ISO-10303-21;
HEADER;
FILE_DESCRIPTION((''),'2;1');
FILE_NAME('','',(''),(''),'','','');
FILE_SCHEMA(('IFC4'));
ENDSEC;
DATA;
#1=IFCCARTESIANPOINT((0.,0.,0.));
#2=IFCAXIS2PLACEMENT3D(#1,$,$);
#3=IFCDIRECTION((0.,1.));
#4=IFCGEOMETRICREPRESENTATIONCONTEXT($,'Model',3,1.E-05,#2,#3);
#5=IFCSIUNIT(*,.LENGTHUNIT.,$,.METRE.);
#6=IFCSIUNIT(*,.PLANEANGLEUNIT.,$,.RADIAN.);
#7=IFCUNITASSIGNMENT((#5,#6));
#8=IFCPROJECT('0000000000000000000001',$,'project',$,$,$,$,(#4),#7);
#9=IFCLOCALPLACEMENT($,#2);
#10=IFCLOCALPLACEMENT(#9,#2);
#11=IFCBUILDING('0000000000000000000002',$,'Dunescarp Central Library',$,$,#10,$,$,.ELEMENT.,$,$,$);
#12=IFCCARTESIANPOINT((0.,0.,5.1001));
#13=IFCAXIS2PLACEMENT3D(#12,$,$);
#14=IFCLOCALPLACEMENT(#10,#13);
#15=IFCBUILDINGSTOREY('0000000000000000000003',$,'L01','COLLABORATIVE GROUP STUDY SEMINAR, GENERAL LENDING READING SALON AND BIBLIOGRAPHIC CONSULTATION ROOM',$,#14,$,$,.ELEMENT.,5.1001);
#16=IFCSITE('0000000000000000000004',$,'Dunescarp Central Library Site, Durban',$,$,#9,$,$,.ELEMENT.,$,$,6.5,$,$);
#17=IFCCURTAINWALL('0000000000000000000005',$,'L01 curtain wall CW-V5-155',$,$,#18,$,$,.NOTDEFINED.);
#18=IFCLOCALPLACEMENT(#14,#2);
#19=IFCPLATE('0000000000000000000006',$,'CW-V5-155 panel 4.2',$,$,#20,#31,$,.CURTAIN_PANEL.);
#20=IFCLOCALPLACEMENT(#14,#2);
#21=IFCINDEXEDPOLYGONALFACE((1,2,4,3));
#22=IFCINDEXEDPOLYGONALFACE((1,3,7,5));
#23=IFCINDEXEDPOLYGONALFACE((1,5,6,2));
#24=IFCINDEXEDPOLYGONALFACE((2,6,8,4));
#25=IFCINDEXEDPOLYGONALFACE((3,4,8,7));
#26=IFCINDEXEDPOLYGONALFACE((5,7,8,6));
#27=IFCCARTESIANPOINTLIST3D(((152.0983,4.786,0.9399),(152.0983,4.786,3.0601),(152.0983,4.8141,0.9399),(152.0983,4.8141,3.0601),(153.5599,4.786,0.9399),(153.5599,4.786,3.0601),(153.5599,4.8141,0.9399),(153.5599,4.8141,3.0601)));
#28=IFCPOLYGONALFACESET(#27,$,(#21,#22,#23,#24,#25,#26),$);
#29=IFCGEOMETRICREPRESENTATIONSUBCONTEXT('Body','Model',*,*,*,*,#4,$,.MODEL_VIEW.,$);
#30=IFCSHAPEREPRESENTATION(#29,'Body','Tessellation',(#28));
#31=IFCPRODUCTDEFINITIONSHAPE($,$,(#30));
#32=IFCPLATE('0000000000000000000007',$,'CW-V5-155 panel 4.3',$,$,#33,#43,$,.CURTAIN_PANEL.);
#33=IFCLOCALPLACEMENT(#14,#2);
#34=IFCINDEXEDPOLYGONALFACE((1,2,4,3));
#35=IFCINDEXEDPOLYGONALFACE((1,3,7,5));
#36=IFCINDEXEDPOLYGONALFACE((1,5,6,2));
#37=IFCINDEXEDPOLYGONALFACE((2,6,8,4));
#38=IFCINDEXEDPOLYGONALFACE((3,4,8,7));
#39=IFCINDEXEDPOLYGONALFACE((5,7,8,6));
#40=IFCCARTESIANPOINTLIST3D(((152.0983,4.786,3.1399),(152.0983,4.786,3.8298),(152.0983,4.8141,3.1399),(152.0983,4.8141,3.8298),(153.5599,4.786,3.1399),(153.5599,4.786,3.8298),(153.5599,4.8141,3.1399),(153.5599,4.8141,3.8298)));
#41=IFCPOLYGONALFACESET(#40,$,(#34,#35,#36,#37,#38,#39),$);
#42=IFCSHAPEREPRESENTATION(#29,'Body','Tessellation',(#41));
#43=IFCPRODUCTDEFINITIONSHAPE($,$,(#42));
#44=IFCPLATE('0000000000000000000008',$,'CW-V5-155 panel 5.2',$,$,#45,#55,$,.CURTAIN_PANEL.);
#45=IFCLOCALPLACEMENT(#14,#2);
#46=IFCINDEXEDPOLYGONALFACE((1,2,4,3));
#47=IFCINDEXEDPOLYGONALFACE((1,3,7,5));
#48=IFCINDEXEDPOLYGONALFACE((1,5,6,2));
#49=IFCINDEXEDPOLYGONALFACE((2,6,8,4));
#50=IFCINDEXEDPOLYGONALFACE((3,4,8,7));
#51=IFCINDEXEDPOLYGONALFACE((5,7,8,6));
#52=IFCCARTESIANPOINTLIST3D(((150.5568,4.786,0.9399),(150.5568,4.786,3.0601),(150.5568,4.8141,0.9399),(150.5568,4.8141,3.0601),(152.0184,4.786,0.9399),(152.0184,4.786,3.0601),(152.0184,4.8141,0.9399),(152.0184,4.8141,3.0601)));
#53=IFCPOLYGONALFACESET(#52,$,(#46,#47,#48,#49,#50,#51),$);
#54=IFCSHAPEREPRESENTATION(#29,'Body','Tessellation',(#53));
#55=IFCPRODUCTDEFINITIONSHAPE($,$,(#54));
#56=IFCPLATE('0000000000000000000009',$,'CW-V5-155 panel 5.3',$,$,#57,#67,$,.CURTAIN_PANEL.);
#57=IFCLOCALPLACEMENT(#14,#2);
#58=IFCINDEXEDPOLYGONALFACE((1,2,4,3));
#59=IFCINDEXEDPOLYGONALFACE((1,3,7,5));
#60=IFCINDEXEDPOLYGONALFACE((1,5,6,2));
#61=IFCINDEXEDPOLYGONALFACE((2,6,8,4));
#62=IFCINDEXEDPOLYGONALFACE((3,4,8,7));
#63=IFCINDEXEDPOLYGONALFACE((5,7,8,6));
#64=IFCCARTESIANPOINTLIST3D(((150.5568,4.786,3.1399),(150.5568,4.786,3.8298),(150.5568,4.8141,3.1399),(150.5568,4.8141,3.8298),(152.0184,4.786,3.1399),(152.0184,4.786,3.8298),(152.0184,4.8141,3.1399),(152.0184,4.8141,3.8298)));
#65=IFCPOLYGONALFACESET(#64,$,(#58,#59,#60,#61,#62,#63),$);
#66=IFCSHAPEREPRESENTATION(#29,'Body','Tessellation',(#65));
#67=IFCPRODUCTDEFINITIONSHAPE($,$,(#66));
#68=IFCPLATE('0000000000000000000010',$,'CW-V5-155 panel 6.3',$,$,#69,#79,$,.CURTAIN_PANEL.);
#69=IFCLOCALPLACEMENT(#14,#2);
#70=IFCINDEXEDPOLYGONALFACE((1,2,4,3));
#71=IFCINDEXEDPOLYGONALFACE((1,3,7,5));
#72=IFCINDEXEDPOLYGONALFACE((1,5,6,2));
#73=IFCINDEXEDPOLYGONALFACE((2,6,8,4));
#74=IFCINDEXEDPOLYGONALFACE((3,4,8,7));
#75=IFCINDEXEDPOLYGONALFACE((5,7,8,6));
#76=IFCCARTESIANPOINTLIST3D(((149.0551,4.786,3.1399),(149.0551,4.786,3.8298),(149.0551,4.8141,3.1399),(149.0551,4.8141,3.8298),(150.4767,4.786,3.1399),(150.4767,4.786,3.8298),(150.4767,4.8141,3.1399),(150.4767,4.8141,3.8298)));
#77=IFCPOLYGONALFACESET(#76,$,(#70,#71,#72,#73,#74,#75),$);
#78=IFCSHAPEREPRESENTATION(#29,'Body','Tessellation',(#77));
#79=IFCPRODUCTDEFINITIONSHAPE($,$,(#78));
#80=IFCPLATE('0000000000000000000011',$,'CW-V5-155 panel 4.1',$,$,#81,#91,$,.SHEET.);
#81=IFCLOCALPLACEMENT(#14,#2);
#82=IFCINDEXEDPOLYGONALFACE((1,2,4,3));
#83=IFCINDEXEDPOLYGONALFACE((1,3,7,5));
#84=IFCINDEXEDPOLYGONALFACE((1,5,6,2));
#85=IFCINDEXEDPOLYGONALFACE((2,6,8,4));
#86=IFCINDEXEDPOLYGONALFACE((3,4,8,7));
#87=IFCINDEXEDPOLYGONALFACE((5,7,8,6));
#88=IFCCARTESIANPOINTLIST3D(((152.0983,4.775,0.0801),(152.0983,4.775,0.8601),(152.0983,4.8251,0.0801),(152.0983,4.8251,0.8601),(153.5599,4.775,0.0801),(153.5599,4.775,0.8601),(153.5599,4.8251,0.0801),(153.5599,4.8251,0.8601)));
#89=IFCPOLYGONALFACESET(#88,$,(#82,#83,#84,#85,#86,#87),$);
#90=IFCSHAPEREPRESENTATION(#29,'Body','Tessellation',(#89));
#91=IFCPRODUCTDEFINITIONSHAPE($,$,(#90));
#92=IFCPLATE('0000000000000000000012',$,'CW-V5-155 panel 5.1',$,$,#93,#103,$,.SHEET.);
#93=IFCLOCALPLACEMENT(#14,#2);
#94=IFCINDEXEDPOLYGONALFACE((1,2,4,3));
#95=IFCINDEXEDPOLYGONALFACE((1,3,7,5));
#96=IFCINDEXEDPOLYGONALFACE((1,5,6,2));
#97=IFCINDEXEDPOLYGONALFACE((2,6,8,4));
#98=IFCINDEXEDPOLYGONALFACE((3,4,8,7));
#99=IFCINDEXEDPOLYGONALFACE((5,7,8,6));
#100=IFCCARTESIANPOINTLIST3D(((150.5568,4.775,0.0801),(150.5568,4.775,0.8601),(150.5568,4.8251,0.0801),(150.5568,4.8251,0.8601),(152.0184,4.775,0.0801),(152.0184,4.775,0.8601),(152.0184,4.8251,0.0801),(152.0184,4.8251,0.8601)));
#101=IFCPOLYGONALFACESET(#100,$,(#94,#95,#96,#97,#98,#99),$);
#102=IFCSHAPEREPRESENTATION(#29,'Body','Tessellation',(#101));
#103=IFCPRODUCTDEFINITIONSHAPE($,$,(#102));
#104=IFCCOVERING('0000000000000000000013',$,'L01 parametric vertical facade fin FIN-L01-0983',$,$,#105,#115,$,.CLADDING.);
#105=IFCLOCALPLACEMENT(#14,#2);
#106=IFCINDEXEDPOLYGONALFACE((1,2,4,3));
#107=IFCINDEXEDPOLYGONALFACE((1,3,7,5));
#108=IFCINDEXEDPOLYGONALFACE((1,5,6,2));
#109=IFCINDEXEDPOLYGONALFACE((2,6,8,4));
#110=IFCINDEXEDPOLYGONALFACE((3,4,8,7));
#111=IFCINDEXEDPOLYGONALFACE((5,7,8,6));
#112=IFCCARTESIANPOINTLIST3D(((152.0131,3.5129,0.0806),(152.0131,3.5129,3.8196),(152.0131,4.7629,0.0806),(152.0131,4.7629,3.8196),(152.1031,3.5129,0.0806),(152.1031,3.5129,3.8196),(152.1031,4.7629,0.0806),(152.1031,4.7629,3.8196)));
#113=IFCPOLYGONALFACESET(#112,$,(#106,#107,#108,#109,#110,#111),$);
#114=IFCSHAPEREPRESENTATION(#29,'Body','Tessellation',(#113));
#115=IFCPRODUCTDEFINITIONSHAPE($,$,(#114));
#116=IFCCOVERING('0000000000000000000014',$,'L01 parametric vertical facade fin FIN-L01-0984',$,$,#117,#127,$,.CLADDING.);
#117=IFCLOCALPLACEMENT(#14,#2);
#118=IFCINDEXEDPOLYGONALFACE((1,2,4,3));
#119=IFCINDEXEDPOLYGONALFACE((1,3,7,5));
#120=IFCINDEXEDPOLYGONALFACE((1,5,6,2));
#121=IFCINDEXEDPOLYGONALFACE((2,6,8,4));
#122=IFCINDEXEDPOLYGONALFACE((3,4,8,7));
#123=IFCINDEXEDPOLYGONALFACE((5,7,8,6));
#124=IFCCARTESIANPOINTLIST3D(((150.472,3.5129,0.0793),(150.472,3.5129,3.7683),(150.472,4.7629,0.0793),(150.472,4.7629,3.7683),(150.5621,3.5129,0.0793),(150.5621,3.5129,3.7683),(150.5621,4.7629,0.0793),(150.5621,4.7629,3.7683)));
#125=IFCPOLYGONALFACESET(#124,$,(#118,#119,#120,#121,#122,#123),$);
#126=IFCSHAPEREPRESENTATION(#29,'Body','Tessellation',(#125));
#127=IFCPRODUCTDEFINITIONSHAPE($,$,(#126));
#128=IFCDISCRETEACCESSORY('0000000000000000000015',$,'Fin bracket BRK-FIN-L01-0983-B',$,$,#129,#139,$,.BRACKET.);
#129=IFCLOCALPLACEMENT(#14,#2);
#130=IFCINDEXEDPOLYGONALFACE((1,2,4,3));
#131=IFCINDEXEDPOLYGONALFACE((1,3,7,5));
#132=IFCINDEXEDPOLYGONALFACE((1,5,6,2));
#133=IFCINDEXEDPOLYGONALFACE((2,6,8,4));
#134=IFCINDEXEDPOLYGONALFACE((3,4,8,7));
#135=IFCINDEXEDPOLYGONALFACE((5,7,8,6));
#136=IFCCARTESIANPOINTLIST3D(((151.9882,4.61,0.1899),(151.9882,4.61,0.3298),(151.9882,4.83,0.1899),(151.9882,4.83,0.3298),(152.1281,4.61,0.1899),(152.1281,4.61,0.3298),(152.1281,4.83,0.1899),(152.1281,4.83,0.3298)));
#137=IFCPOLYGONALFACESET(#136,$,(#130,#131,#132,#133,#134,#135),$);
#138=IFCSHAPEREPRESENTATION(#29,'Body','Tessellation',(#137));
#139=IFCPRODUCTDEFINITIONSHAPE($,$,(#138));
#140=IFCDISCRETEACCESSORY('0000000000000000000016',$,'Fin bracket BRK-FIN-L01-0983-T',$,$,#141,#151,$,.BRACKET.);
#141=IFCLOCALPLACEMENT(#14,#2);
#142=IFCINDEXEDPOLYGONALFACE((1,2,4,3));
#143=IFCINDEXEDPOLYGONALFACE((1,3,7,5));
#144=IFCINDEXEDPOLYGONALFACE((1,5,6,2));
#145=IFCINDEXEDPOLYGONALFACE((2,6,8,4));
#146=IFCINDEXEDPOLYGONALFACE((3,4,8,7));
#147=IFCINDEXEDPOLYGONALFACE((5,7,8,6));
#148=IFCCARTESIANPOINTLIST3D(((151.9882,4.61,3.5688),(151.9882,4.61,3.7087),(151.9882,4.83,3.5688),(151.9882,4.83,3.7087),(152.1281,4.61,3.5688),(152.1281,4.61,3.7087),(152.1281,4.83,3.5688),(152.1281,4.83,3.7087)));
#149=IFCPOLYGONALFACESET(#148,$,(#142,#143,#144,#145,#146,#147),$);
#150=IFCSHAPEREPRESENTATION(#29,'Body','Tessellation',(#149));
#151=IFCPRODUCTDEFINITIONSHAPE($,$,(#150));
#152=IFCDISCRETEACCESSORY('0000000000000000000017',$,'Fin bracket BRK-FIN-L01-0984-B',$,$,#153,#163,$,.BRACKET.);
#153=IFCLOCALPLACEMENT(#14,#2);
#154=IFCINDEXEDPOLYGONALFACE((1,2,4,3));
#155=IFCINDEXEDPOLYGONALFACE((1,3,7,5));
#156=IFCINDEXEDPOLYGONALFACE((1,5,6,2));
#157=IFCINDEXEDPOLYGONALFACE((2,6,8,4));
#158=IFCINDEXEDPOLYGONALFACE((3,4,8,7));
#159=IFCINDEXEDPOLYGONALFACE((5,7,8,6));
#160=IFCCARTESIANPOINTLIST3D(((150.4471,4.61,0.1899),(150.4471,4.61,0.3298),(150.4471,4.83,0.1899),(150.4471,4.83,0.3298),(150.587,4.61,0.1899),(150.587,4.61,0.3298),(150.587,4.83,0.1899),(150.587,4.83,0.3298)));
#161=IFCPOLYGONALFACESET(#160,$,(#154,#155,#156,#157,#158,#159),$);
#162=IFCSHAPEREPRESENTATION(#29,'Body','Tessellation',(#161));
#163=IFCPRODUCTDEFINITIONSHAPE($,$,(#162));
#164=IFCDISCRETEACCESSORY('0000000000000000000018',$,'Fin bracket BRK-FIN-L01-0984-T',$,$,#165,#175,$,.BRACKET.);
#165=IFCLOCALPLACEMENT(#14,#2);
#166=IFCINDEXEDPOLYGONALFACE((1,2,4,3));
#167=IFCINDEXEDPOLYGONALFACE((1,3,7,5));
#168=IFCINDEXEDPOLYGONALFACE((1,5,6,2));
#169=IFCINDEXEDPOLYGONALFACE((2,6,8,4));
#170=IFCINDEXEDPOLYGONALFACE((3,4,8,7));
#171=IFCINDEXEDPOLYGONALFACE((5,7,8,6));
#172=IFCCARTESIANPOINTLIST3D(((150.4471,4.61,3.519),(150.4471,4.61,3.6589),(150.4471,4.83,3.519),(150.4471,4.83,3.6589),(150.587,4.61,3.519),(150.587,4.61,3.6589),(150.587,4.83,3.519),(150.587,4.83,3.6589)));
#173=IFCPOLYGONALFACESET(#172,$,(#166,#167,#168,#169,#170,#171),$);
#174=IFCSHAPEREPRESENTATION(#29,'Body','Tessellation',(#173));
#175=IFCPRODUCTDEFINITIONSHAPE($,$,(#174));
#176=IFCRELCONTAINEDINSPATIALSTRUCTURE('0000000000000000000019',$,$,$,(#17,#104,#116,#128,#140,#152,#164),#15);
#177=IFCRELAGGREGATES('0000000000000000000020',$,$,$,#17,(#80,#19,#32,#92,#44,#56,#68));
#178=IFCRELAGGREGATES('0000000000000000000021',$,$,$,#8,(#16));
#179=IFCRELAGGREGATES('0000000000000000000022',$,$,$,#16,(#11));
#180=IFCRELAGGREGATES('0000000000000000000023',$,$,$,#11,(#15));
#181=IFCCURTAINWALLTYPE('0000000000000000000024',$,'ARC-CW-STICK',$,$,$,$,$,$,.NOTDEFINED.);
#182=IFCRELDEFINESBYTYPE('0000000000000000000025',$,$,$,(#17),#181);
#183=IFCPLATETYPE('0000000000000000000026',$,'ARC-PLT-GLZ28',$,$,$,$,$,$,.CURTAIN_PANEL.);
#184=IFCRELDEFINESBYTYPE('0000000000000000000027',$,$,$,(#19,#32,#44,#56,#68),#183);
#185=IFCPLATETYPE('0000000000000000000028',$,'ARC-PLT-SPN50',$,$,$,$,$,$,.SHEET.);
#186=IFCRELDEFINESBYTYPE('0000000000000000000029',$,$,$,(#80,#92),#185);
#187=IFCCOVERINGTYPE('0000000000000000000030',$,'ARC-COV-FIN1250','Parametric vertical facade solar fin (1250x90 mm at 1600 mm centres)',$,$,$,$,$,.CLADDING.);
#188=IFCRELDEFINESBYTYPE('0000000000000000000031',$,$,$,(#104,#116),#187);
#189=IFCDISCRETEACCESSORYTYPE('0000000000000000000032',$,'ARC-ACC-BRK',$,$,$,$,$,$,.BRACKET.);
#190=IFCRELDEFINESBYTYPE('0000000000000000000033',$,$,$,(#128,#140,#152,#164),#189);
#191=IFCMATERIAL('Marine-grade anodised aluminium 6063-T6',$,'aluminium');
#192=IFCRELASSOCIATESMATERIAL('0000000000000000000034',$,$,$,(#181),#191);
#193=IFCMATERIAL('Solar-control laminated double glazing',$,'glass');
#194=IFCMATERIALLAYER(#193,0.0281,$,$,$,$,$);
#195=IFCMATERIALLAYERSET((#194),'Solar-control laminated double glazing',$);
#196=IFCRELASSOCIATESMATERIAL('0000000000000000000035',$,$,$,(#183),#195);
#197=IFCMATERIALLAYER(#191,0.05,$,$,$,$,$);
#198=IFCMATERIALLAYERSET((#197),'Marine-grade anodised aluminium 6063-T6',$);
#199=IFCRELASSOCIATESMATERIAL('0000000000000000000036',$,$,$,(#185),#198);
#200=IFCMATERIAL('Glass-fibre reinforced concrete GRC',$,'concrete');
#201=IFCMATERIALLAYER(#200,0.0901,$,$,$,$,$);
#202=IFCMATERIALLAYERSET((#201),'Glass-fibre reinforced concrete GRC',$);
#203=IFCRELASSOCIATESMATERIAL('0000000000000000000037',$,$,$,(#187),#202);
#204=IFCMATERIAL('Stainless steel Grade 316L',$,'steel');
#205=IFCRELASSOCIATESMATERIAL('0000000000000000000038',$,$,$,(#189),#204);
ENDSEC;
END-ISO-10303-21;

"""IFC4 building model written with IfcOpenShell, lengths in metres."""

from ifc_helpers import new_model, si_unit, direction, frame, origin, origin_2d, place, context, subcontext, project, spatial, rectangle, extrude, material, layer, layer_set, type_object, element, aggregate, save


model = new_model("IFC4")

# Units and contexts
model_context = context("Model", 3, precision=1e-05, world=origin(), true_north=direction((0.0, 1.0)))
body_context = subcontext(model_context, "Body", "Model", "MODEL_VIEW")
ifc_project = project(units=[si_unit("LENGTHUNIT", "METRE"), si_unit("PLANEANGLEUNIT", "RADIAN")], contexts=[model_context])

# Site, building, storey
site_placement = place(None, origin())
site = spatial("IfcSite", under=ifc_project, at=site_placement, Name="Dunescarp Central Library Site, Durban", CompositionType="ELEMENT", RefElevation=6.5)
building_placement = place(site_placement, origin())
building = spatial("IfcBuilding", under=site, at=building_placement, Name="Dunescarp Central Library", CompositionType="ELEMENT")
storey_placement = place(building_placement, frame((0.0, 0.0, 5.1001)))
storey = spatial("IfcBuildingStorey", under=building, at=storey_placement, Name="L01", Description="COLLABORATIVE GROUP STUDY SEMINAR, GENERAL LENDING READING SALON AND BIBLIOGRAPHIC CONSULTATION ROOM", CompositionType="ELEMENT", Elevation=5.1001)

# Curtain wall, plates
ifc_material_1 = material(Name="Marine-grade anodised aluminium 6063-T6", Category="aluminium")
curtain_wall_type = type_object("IfcCurtainWallType", Name="ARC-CW-STICK", PredefinedType="NOTDEFINED", material=ifc_material_1)
curtain_wall_placement = place(storey_placement, origin())
curtain_wall = element("IfcCurtainWall", 1, at=curtain_wall_placement, inside=storey, type_object=curtain_wall_type, Name="L01 curtain wall CW-V5-155", PredefinedType="NOTDEFINED")
ifc_material_2 = material(Name="Solar-control laminated double glazing", Category="glass")
ifc_layer_1 = layer(ifc_material_2, 0.0281)
ifc_layer_set_1 = layer_set([ifc_layer_1], Name="Solar-control laminated double glazing")
plate_type_1 = type_object("IfcPlateType", Name="ARC-PLT-GLZ28", PredefinedType="CURTAIN_PANEL", material=ifc_layer_set_1)
plate_1_placement = place(storey_placement, frame((152.8291, 4.8, 0.9399), z_axis=(0.0, 0.0, 1.0), x_axis=(-1.0, 0.0, 0.0)))
plate_1 = element("IfcPlate", 2, at=plate_1_placement, type_object=plate_type_1, Name="CW-V5-155 panel 4.2", PredefinedType="CURTAIN_PANEL", context=body_context, shape_type="SweptSolid", body=[
    extrude(rectangle(XDim=1.4617, YDim=0.0281, at=origin_2d()), origin(), (0.0, 0.0, 1.0), 2.1201),
])
plate_2_placement = place(storey_placement, frame((152.8291, 4.8, 3.1399), z_axis=(0.0, 0.0, 1.0), x_axis=(-1.0, 0.0, 0.0)))
plate_2 = element("IfcPlate", 3, at=plate_2_placement, type_object=plate_type_1, Name="CW-V5-155 panel 4.3", PredefinedType="CURTAIN_PANEL", context=body_context, shape_type="SweptSolid", body=[
    extrude(rectangle(XDim=1.4617, YDim=0.0281, at=origin_2d()), origin(), (0.0, 0.0, 1.0), 0.6899),
])
plate_3_placement = place(storey_placement, frame((151.2876, 4.8, 0.9399), z_axis=(0.0, 0.0, 1.0), x_axis=(-1.0, 0.0, 0.0)))
plate_3 = element("IfcPlate", 4, at=plate_3_placement, type_object=plate_type_1, Name="CW-V5-155 panel 5.2", PredefinedType="CURTAIN_PANEL", context=body_context, shape_type="SweptSolid", body=[
    extrude(rectangle(XDim=1.4617, YDim=0.0281, at=origin_2d()), origin(), (0.0, 0.0, 1.0), 2.1201),
])
plate_4_placement = place(storey_placement, frame((151.2876, 4.8, 3.1399), z_axis=(0.0, 0.0, 1.0), x_axis=(-1.0, 0.0, 0.0)))
plate_4 = element("IfcPlate", 5, at=plate_4_placement, type_object=plate_type_1, Name="CW-V5-155 panel 5.3", PredefinedType="CURTAIN_PANEL", context=body_context, shape_type="SweptSolid", body=[
    extrude(rectangle(XDim=1.4617, YDim=0.0281, at=origin_2d()), origin(), (0.0, 0.0, 1.0), 0.6899),
])
plate_5_placement = place(storey_placement, frame((149.7659, 4.8, 3.1399), z_axis=(0.0, 0.0, 1.0), x_axis=(-1.0, 0.0, 0.0)))
plate_5 = element("IfcPlate", 6, at=plate_5_placement, type_object=plate_type_1, Name="CW-V5-155 panel 6.3", PredefinedType="CURTAIN_PANEL", context=body_context, shape_type="SweptSolid", body=[
    extrude(rectangle(XDim=1.4216, YDim=0.0281, at=origin_2d()), origin(), (0.0, 0.0, 1.0), 0.6899),
])
ifc_layer_2 = layer(ifc_material_1, 0.05)
ifc_layer_set_2 = layer_set([ifc_layer_2], Name="Marine-grade anodised aluminium 6063-T6")
plate_type_2 = type_object("IfcPlateType", Name="ARC-PLT-SPN50", PredefinedType="SHEET", material=ifc_layer_set_2)
plate_6_placement = place(storey_placement, frame((152.8291, 4.8, 0.0801), z_axis=(0.0, 0.0, 1.0), x_axis=(-1.0, 0.0, 0.0)))
plate_6 = element("IfcPlate", 7, at=plate_6_placement, type_object=plate_type_2, Name="CW-V5-155 panel 4.1", PredefinedType="SHEET", context=body_context, shape_type="SweptSolid", body=[
    extrude(rectangle(XDim=1.4617, YDim=0.05, at=origin_2d()), origin(), (0.0, 0.0, 1.0), 0.78),
])
plate_7_placement = place(storey_placement, frame((151.2876, 4.8, 0.0801), z_axis=(0.0, 0.0, 1.0), x_axis=(-1.0, 0.0, 0.0)))
plate_7 = element("IfcPlate", 8, at=plate_7_placement, type_object=plate_type_2, Name="CW-V5-155 panel 5.1", PredefinedType="SHEET", context=body_context, shape_type="SweptSolid", body=[
    extrude(rectangle(XDim=1.4617, YDim=0.05, at=origin_2d()), origin(), (0.0, 0.0, 1.0), 0.78),
])
aggregate(curtain_wall, [plate_6, plate_1, plate_2, plate_7, plate_3, plate_4, plate_5])

# Coverings
ifc_material_3 = material(Name="Glass-fibre reinforced concrete GRC", Category="concrete")
ifc_layer_3 = layer(ifc_material_3, 0.0901)
ifc_layer_set_3 = layer_set([ifc_layer_3], Name="Glass-fibre reinforced concrete GRC")
covering_type = type_object("IfcCoveringType", Name="ARC-COV-FIN1250", Description="Parametric vertical facade solar fin (1250x90 mm at 1600 mm centres)", PredefinedType="CLADDING", material=ifc_layer_set_3)
covering_1_placement = place(storey_placement, frame((152.0581, 4.1379, 0.0806), z_axis=(0.0, 0.0, 1.0), x_axis=(0.0, -1.0, 0.0)))
element("IfcCovering", 9, at=covering_1_placement, inside=storey, type_object=covering_type, Name="L01 parametric vertical facade fin FIN-L01-0983", PredefinedType="CLADDING", context=body_context, shape_type="SweptSolid", body=[
    extrude(rectangle(XDim=1.25, YDim=0.0901, at=origin_2d()), origin(), (0.0, 0.0, 1.0), 3.739),
])
covering_2_placement = place(storey_placement, frame((150.5171, 4.1379, 0.0793), z_axis=(0.0, 0.0, 1.0), x_axis=(0.0, -1.0, 0.0)))
element("IfcCovering", 10, at=covering_2_placement, inside=storey, type_object=covering_type, Name="L01 parametric vertical facade fin FIN-L01-0984", PredefinedType="CLADDING", context=body_context, shape_type="SweptSolid", body=[
    extrude(rectangle(XDim=1.25, YDim=0.0901, at=origin_2d()), origin(), (0.0, 0.0, 1.0), 3.689),
])

# Discrete accessories
ifc_material_4 = material(Name="Stainless steel Grade 316L", Category="steel")
discrete_accessory_type = type_object("IfcDiscreteAccessoryType", Name="ARC-ACC-BRK", PredefinedType="BRACKET", material=ifc_material_4)
for number, where, z_axis, x_axis, name in (
    (11, (152.0581, 4.72, 0.1899), (0.0, 0.0, 1.0), (0.0, -1.0, 0.0), "Fin bracket BRK-FIN-L01-0983-B"),
    (12, (152.0581, 4.72, 3.5688), (0.0, 0.0, 1.0), (0.0, -1.0, 0.0), "Fin bracket BRK-FIN-L01-0983-T"),
    (13, (150.5171, 4.72, 0.1899), (0.0, 0.0, 1.0), (0.0, -1.0, 0.0), "Fin bracket BRK-FIN-L01-0984-B"),
    (14, (150.5171, 4.72, 3.519), (0.0, 0.0, 1.0), (0.0, -1.0, 0.0), "Fin bracket BRK-FIN-L01-0984-T"),
):
    element("IfcDiscreteAccessory", number, at=place(storey_placement, frame(where, z_axis=z_axis, x_axis=x_axis)), inside=storey, type_object=discrete_accessory_type, Name=name, PredefinedType="BRACKET", context=body_context, shape_type="SweptSolid", body=[
        extrude(rectangle(XDim=0.22, YDim=0.1399, at=origin_2d()), origin(), (0.0, 0.0, 1.0), 0.1399),
    ])

save(model, "model.ifc")
